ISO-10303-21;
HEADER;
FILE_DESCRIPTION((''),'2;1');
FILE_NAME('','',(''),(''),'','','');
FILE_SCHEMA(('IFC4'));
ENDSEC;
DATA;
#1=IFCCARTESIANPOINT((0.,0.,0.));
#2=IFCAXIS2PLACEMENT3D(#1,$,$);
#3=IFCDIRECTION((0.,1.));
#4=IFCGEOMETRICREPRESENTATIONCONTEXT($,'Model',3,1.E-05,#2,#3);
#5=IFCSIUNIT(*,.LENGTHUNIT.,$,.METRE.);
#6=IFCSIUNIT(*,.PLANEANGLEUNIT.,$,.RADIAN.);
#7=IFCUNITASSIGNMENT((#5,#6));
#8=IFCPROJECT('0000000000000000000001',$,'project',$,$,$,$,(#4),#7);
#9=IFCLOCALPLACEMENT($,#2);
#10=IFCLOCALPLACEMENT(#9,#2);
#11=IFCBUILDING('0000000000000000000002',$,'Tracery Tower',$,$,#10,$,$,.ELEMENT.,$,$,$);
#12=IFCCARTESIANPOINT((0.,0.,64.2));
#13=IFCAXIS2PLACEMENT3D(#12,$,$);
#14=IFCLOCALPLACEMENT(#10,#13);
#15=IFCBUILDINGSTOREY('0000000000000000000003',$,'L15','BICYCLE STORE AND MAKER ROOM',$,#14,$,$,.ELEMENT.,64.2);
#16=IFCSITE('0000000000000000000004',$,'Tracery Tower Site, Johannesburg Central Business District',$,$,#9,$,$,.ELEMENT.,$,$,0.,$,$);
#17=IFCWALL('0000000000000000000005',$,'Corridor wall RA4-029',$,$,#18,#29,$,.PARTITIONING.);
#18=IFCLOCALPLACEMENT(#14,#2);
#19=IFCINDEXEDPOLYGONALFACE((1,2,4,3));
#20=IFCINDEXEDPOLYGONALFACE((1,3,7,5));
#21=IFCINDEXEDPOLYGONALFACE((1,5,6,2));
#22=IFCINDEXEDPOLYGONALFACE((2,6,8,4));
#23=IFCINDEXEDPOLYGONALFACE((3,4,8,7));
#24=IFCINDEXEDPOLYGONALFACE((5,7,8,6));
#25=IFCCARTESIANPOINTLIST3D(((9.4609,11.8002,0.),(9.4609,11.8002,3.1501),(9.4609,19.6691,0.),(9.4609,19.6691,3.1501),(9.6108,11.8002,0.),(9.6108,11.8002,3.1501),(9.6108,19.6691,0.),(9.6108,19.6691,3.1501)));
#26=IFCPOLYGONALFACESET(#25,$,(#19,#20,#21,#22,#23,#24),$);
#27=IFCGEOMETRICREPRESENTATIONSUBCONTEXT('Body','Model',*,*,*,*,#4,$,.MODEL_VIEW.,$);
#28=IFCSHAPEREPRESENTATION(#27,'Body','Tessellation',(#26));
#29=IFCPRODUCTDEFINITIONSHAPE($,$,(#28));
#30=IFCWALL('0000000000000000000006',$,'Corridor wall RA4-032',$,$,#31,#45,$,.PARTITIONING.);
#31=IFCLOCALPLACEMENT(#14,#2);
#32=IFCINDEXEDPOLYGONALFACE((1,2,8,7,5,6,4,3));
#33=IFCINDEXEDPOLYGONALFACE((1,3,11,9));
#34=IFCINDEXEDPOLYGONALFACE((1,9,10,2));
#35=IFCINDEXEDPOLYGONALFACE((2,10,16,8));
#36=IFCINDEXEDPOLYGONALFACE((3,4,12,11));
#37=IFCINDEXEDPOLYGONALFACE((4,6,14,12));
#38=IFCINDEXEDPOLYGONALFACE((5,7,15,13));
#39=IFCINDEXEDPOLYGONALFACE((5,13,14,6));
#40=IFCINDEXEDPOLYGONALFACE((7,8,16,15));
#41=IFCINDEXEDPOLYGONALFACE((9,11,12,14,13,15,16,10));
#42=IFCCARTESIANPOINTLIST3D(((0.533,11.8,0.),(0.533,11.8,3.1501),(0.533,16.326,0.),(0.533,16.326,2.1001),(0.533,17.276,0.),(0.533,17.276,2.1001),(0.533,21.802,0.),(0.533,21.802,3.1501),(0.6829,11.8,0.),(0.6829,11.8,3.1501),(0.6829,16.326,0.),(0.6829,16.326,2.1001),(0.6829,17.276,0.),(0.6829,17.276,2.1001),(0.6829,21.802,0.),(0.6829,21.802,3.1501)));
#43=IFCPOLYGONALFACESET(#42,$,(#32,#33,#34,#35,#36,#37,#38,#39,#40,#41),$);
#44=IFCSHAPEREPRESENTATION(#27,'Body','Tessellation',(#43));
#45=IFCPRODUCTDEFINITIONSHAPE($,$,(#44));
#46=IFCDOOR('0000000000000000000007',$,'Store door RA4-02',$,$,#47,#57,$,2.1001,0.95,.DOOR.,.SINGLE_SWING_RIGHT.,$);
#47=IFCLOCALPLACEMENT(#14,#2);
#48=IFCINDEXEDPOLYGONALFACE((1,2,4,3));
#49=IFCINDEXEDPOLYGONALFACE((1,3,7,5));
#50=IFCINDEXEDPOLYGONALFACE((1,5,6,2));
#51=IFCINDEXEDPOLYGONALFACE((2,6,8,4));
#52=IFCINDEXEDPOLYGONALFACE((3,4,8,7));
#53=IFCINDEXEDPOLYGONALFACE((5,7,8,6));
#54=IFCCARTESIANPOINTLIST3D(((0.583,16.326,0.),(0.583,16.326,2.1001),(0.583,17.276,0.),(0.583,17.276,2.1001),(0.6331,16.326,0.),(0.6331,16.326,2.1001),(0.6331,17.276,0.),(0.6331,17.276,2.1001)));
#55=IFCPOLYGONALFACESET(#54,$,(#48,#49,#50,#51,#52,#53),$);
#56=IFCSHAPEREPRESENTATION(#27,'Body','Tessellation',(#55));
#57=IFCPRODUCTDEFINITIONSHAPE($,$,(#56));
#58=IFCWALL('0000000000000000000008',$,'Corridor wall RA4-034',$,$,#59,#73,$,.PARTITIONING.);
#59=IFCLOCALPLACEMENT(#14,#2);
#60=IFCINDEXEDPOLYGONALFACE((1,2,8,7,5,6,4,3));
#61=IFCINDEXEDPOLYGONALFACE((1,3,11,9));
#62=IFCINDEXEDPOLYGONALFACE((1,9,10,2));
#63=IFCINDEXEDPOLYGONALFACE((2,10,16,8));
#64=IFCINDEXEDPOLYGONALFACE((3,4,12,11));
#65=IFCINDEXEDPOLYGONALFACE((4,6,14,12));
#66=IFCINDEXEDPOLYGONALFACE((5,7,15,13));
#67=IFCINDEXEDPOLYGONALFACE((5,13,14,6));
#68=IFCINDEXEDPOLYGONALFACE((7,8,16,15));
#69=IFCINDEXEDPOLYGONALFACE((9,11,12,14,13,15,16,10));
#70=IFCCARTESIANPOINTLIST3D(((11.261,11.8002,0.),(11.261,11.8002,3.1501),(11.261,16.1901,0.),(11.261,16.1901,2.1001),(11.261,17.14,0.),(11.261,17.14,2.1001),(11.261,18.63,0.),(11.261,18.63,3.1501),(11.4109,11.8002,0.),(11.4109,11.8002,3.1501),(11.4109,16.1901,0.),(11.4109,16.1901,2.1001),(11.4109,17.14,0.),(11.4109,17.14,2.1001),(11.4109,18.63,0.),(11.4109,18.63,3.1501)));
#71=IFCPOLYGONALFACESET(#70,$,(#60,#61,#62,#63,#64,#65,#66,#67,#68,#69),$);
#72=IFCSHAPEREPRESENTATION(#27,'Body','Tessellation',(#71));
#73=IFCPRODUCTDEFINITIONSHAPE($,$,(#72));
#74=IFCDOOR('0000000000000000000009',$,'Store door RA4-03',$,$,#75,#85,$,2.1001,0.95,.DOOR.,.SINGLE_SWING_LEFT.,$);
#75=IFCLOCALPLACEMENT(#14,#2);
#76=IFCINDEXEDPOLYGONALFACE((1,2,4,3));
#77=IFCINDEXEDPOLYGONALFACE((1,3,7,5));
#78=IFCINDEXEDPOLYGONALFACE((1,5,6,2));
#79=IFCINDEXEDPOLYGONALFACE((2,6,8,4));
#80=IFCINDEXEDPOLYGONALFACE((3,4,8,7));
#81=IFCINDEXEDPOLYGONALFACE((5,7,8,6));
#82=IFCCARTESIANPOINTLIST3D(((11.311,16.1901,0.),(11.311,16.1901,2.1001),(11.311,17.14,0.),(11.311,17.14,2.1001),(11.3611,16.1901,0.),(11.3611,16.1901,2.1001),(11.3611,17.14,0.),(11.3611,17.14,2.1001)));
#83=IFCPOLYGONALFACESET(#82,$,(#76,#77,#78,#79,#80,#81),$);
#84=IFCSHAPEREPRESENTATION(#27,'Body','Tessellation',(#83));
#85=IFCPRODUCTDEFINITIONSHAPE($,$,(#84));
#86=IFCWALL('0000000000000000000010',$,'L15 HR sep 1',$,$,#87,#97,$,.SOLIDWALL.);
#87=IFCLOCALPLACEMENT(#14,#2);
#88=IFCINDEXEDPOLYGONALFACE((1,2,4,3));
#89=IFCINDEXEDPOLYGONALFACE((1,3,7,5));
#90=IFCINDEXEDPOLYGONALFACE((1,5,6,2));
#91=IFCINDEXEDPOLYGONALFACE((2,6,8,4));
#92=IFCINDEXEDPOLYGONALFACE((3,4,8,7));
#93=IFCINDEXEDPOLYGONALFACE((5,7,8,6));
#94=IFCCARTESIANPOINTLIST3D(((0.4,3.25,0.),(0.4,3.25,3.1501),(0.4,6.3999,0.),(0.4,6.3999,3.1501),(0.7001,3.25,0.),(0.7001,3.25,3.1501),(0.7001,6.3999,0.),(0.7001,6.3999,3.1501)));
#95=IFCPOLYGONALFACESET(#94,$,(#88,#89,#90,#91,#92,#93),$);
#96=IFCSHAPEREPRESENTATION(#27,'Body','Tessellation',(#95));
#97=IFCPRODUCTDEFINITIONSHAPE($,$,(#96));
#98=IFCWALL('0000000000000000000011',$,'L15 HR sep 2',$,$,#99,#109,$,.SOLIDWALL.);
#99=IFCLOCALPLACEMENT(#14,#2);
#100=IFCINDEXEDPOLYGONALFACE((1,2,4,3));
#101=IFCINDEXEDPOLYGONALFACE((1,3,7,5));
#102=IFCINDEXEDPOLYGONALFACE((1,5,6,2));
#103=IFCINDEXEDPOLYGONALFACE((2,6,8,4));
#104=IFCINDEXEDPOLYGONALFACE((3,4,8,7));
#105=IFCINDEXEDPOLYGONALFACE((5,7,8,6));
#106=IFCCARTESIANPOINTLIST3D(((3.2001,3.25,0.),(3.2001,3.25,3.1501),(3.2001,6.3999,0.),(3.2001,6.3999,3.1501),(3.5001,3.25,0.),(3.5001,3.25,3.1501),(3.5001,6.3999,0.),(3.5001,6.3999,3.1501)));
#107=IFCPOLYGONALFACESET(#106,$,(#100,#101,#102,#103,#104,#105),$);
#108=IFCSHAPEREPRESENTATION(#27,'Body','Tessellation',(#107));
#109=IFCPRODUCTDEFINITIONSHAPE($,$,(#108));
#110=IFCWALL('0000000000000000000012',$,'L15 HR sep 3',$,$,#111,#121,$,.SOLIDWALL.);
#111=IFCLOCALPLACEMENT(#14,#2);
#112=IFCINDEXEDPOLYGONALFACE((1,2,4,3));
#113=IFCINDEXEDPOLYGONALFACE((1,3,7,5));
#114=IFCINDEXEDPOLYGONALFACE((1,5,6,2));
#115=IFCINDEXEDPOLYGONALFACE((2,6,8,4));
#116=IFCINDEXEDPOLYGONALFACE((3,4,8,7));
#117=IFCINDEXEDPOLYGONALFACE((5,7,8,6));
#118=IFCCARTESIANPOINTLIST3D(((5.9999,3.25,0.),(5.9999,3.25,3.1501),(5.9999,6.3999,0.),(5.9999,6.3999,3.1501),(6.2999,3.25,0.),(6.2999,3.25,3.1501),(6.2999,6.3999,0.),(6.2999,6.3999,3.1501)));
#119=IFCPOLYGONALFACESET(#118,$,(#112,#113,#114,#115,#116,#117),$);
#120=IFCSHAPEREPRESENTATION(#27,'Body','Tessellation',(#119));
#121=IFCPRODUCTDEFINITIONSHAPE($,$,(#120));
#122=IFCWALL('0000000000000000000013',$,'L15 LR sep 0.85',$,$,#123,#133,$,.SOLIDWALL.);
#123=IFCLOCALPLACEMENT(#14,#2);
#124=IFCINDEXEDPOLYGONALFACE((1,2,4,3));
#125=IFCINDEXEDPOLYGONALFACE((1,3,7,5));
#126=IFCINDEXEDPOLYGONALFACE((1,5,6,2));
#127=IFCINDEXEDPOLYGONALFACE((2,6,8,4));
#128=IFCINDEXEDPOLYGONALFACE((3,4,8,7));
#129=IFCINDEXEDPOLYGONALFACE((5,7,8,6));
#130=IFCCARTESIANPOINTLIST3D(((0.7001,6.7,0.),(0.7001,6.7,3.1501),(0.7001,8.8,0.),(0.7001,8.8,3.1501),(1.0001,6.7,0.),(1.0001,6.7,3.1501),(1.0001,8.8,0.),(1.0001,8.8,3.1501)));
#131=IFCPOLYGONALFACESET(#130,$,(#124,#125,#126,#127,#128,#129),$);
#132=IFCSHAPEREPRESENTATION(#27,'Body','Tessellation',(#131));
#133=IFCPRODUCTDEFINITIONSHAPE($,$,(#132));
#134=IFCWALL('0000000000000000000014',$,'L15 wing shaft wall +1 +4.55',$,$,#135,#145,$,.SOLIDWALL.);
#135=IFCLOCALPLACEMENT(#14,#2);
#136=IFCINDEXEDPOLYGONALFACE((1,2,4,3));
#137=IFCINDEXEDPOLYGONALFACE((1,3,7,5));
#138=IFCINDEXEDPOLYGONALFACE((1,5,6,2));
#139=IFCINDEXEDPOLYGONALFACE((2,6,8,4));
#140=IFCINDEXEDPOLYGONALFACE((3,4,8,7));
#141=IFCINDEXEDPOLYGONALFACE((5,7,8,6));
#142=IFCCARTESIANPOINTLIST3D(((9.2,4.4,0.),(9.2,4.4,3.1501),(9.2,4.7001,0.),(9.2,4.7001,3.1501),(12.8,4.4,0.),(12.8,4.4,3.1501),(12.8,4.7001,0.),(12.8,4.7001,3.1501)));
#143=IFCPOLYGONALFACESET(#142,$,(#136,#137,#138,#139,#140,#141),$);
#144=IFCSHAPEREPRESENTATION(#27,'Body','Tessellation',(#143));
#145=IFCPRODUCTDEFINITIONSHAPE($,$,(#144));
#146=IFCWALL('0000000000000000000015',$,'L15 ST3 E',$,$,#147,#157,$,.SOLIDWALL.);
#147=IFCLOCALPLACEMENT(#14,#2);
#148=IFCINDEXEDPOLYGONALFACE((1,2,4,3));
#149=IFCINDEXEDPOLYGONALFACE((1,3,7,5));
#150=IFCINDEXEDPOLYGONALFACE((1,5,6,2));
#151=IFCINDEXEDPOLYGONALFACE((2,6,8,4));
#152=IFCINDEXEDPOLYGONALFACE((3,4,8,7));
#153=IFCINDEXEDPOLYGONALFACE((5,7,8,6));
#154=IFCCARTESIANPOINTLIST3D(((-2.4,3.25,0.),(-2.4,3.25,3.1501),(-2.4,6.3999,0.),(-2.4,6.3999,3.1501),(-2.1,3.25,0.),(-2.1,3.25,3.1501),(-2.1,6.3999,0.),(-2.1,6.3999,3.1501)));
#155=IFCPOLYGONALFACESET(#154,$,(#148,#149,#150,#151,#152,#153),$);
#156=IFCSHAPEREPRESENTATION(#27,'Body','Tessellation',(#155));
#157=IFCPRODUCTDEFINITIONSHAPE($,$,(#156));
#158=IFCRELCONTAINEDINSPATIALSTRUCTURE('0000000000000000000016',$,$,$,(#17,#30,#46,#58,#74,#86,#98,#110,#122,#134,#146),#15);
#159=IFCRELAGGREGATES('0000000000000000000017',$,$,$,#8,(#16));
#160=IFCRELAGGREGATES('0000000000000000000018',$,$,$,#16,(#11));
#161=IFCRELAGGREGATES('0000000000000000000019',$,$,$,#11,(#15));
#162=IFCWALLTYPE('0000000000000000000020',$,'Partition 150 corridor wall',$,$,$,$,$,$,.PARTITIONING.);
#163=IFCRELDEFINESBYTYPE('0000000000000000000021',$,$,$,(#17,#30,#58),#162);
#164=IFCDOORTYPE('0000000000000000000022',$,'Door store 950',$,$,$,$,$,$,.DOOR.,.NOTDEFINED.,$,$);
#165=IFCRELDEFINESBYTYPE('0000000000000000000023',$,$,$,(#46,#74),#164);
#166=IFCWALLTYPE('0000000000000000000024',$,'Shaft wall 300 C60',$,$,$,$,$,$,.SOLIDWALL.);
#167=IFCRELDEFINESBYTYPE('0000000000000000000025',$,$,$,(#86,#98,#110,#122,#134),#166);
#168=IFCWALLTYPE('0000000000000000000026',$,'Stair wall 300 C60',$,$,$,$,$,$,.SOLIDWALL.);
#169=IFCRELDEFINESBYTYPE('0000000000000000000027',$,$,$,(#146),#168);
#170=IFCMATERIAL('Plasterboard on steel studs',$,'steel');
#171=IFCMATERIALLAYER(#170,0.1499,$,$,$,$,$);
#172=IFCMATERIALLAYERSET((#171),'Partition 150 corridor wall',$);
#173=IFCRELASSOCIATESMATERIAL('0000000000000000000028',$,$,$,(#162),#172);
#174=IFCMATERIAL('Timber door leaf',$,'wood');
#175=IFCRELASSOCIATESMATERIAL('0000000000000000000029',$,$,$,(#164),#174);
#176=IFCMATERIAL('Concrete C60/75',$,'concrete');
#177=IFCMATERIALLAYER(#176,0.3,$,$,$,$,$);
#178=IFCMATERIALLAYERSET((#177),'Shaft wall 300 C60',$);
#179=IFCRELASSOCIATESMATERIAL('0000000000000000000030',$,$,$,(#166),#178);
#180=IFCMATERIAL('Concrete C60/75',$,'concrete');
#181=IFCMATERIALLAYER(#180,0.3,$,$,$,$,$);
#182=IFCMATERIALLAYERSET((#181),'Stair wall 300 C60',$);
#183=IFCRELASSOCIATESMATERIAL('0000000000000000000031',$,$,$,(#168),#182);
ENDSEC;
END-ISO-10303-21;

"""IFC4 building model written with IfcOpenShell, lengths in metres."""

from ifc_helpers import new_model, si_unit, direction, frame, frame_2d, origin, place, context, subcontext, project, spatial, rectangle, extrude, material, layer, layer_set, type_object, element, fill, save


model = new_model("IFC4")

# Units and contexts
model_context = context("Model", 3, precision=1e-05, world=origin(), true_north=direction((0.0, 1.0)))
body_context = subcontext(model_context, "Body", "Model", "MODEL_VIEW")
ifc_project = project(units=[si_unit("LENGTHUNIT", "METRE"), si_unit("PLANEANGLEUNIT", "RADIAN")], contexts=[model_context])

# Site, building, storey
site_placement = place(None, origin())
site = spatial("IfcSite", under=ifc_project, at=site_placement, Name="Tracery Tower Site, Johannesburg Central Business District", CompositionType="ELEMENT", RefElevation=0.0)
building_placement = place(site_placement, origin())
building = spatial("IfcBuilding", under=site, at=building_placement, Name="Tracery Tower", CompositionType="ELEMENT")
storey_placement = place(building_placement, frame((0.0, 0.0, 64.2)))
storey = spatial("IfcBuildingStorey", under=building, at=storey_placement, Name="L15", Description="BICYCLE STORE AND MAKER ROOM", CompositionType="ELEMENT", Elevation=64.2)

# Wall
ifc_material_1 = material(Name="Plasterboard on steel studs", Category="steel")
ifc_layer_1 = layer(ifc_material_1, 0.1499)
ifc_layer_set_1 = layer_set([ifc_layer_1], Name="Partition 150 corridor wall")
wall_type_1 = type_object("IfcWallType", Name="Partition 150 corridor wall", PredefinedType="PARTITIONING", material=ifc_layer_set_1)
wall_1_placement = place(storey_placement, frame((9.5359, 11.8, 0.0), z_axis=(0.0, 0.0, 1.0), x_axis=(0.0, 1.0, 0.0)))
element("IfcWall", 1, at=wall_1_placement, inside=storey, type_object=wall_type_1, Name="Corridor wall RA4-029", PredefinedType="PARTITIONING", context=body_context, shape_type="SweptSolid", body=[
    extrude(rectangle(XDim=7.8689, YDim=0.1499, at=frame_2d((3.9346, 0.0))), origin(), (0.0, 0.0, 1.0), 3.1501),
])

# Walls, openings, doors
wall_2_placement = place(storey_placement, frame((0.6079, 11.8, 0.0), z_axis=(0.0, 0.0, 1.0), x_axis=(0.0, 1.0, 0.0)))
wall_2 = element("IfcWall", 2, at=wall_2_placement, inside=storey, type_object=wall_type_1, Name="Corridor wall RA4-032", PredefinedType="PARTITIONING", context=body_context, shape_type="SweptSolid", body=[
    extrude(rectangle(XDim=10.002, YDim=0.1499, at=frame_2d((5.001, 0.0))), origin(), (0.0, 0.0, 1.0), 3.1501),
])
opening_1_placement = place(wall_2_placement, frame((4.5259, 0.0, 0.0)))
opening_1 = element("IfcOpeningElement", 3, at=opening_1_placement, cuts=wall_2, PredefinedType="OPENING", context=body_context, shape_type="SweptSolid", body=[
    extrude(rectangle(XDim=0.95, YDim=2.1001, at=frame_2d((0.4751, 1.05))), frame((0.0, 0.075, 0.0), z_axis=(0.0, -1.0, 0.0), x_axis=(1.0, 0.0, 0.0)), (0.0, 0.0, 1.0), 0.1499),
])
ifc_material_2 = material(Name="Timber door leaf", Category="wood")
door_type_1 = type_object("IfcDoorType", Name="Door store 950", OperationType="NOTDEFINED", PredefinedType="DOOR", material=ifc_material_2)
door_1_placement = place(opening_1_placement, origin())
door_1 = element("IfcDoor", 4, at=door_1_placement, inside=storey, type_object=door_type_1, Name="Store door RA4-02", OperationType="SINGLE_SWING_RIGHT", OverallHeight=2.1001, OverallWidth=0.95, PredefinedType="DOOR", context=body_context, shape_type="SweptSolid", body=[
    extrude(rectangle(XDim=0.95, YDim=2.1001, at=frame_2d((0.4751, 1.05))), frame((0.0, 0.0249, 0.0), z_axis=(0.0, -1.0, 0.0), x_axis=(1.0, 0.0, 0.0)), (0.0, 0.0, 1.0), 0.05),
])
fill(opening_1, door_1)
wall_3_placement = place(storey_placement, frame((11.3359, 11.8, 0.0), z_axis=(0.0, 0.0, 1.0), x_axis=(0.0, 1.0, 0.0)))
wall_3 = element("IfcWall", 5, at=wall_3_placement, inside=storey, type_object=wall_type_1, Name="Corridor wall RA4-034", PredefinedType="PARTITIONING", context=body_context, shape_type="SweptSolid", body=[
    extrude(rectangle(XDim=6.8298, YDim=0.1499, at=frame_2d((3.415, 0.0))), origin(), (0.0, 0.0, 1.0), 3.1501),
])
opening_2_placement = place(wall_3_placement, frame((4.3899, 0.0, 0.0)))
opening_2 = element("IfcOpeningElement", 6, at=opening_2_placement, cuts=wall_3, PredefinedType="OPENING", context=body_context, shape_type="SweptSolid", body=[
    extrude(rectangle(XDim=0.95, YDim=2.1001, at=frame_2d((0.4751, 1.05))), frame((0.0, 0.075, 0.0), z_axis=(0.0, -1.0, 0.0), x_axis=(1.0, 0.0, 0.0)), (0.0, 0.0, 1.0), 0.1499),
])
door_2_placement = place(opening_2_placement, origin())
door_2 = element("IfcDoor", 7, at=door_2_placement, inside=storey, type_object=door_type_1, Name="Store door RA4-03", OperationType="SINGLE_SWING_LEFT", OverallHeight=2.1001, OverallWidth=0.95, PredefinedType="DOOR", context=body_context, shape_type="SweptSolid", body=[
    extrude(rectangle(XDim=0.95, YDim=2.1001, at=frame_2d((0.4751, 1.05))), frame((0.0, 0.0249, 0.0), z_axis=(0.0, -1.0, 0.0), x_axis=(1.0, 0.0, 0.0)), (0.0, 0.0, 1.0), 0.05),
])
fill(opening_2, door_2)

# Walls
ifc_material_3 = material(Name="Concrete C60/75", Category="concrete")
ifc_layer_2 = layer(ifc_material_3, 0.3)
ifc_layer_set_2 = layer_set([ifc_layer_2], Name="Shaft wall 300 C60")
wall_type_2 = type_object("IfcWallType", Name="Shaft wall 300 C60", PredefinedType="SOLIDWALL", material=ifc_layer_set_2)
for number, where, z_axis, x_axis, name in (
    (8, (0.55, 3.25, 0.0), (0.0, 0.0, 1.0), (0.0, 1.0, 0.0), "L15 HR sep 1"),
    (9, (3.3501, 3.25, 0.0), (0.0, 0.0, 1.0), (0.0, 1.0, 0.0), "L15 HR sep 2"),
    (10, (6.1499, 3.25, 0.0), (0.0, 0.0, 1.0), (0.0, 1.0, 0.0), "L15 HR sep 3"),
):
    element("IfcWall", number, at=place(storey_placement, frame(where, z_axis=z_axis, x_axis=x_axis)), inside=storey, type_object=wall_type_2, Name=name, PredefinedType="SOLIDWALL", context=body_context, shape_type="SweptSolid", body=[
        extrude(rectangle(XDim=3.1499, YDim=0.3, at=frame_2d((1.575, 0.0))), origin(), (0.0, 0.0, 1.0), 3.1501),
    ])
wall_4_placement = place(storey_placement, frame((0.8501, 6.7, 0.0), z_axis=(0.0, 0.0, 1.0), x_axis=(0.0, 1.0, 0.0)))
element("IfcWall", 11, at=wall_4_placement, inside=storey, type_object=wall_type_2, Name="L15 LR sep 0.85", PredefinedType="SOLIDWALL", context=body_context, shape_type="SweptSolid", body=[
    extrude(rectangle(XDim=2.1001, YDim=0.3, at=frame_2d((1.05, 0.0))), origin(), (0.0, 0.0, 1.0), 3.1501),
])
wall_5_placement = place(storey_placement, frame((9.2, 4.55, 0.0), z_axis=(0.0, 0.0, 1.0), x_axis=(1.0, 0.0, 0.0)))
element("IfcWall", 12, at=wall_5_placement, inside=storey, type_object=wall_type_2, Name="L15 wing shaft wall +1 +4.55", PredefinedType="SOLIDWALL", context=body_context, shape_type="SweptSolid", body=[
    extrude(rectangle(XDim=3.6001, YDim=0.3, at=frame_2d((1.8, 0.0))), origin(), (0.0, 0.0, 1.0), 3.1501),
])
ifc_material_4 = material(Name="Concrete C60/75", Category="concrete")
ifc_layer_3 = layer(ifc_material_4, 0.3)
ifc_layer_set_3 = layer_set([ifc_layer_3], Name="Stair wall 300 C60")
wall_type_3 = type_object("IfcWallType", Name="Stair wall 300 C60", PredefinedType="SOLIDWALL", material=ifc_layer_set_3)
wall_6_placement = place(storey_placement, frame((-2.25, 3.25, 0.0), z_axis=(0.0, 0.0, 1.0), x_axis=(0.0, 1.0, 0.0)))
element("IfcWall", 13, at=wall_6_placement, inside=storey, type_object=wall_type_3, Name="L15 ST3 E", PredefinedType="SOLIDWALL", context=body_context, shape_type="SweptSolid", body=[
    extrude(rectangle(XDim=3.1499, YDim=0.3, at=frame_2d((1.575, 0.0))), origin(), (0.0, 0.0, 1.0), 3.1501),
])

save(model, "model.ifc")
